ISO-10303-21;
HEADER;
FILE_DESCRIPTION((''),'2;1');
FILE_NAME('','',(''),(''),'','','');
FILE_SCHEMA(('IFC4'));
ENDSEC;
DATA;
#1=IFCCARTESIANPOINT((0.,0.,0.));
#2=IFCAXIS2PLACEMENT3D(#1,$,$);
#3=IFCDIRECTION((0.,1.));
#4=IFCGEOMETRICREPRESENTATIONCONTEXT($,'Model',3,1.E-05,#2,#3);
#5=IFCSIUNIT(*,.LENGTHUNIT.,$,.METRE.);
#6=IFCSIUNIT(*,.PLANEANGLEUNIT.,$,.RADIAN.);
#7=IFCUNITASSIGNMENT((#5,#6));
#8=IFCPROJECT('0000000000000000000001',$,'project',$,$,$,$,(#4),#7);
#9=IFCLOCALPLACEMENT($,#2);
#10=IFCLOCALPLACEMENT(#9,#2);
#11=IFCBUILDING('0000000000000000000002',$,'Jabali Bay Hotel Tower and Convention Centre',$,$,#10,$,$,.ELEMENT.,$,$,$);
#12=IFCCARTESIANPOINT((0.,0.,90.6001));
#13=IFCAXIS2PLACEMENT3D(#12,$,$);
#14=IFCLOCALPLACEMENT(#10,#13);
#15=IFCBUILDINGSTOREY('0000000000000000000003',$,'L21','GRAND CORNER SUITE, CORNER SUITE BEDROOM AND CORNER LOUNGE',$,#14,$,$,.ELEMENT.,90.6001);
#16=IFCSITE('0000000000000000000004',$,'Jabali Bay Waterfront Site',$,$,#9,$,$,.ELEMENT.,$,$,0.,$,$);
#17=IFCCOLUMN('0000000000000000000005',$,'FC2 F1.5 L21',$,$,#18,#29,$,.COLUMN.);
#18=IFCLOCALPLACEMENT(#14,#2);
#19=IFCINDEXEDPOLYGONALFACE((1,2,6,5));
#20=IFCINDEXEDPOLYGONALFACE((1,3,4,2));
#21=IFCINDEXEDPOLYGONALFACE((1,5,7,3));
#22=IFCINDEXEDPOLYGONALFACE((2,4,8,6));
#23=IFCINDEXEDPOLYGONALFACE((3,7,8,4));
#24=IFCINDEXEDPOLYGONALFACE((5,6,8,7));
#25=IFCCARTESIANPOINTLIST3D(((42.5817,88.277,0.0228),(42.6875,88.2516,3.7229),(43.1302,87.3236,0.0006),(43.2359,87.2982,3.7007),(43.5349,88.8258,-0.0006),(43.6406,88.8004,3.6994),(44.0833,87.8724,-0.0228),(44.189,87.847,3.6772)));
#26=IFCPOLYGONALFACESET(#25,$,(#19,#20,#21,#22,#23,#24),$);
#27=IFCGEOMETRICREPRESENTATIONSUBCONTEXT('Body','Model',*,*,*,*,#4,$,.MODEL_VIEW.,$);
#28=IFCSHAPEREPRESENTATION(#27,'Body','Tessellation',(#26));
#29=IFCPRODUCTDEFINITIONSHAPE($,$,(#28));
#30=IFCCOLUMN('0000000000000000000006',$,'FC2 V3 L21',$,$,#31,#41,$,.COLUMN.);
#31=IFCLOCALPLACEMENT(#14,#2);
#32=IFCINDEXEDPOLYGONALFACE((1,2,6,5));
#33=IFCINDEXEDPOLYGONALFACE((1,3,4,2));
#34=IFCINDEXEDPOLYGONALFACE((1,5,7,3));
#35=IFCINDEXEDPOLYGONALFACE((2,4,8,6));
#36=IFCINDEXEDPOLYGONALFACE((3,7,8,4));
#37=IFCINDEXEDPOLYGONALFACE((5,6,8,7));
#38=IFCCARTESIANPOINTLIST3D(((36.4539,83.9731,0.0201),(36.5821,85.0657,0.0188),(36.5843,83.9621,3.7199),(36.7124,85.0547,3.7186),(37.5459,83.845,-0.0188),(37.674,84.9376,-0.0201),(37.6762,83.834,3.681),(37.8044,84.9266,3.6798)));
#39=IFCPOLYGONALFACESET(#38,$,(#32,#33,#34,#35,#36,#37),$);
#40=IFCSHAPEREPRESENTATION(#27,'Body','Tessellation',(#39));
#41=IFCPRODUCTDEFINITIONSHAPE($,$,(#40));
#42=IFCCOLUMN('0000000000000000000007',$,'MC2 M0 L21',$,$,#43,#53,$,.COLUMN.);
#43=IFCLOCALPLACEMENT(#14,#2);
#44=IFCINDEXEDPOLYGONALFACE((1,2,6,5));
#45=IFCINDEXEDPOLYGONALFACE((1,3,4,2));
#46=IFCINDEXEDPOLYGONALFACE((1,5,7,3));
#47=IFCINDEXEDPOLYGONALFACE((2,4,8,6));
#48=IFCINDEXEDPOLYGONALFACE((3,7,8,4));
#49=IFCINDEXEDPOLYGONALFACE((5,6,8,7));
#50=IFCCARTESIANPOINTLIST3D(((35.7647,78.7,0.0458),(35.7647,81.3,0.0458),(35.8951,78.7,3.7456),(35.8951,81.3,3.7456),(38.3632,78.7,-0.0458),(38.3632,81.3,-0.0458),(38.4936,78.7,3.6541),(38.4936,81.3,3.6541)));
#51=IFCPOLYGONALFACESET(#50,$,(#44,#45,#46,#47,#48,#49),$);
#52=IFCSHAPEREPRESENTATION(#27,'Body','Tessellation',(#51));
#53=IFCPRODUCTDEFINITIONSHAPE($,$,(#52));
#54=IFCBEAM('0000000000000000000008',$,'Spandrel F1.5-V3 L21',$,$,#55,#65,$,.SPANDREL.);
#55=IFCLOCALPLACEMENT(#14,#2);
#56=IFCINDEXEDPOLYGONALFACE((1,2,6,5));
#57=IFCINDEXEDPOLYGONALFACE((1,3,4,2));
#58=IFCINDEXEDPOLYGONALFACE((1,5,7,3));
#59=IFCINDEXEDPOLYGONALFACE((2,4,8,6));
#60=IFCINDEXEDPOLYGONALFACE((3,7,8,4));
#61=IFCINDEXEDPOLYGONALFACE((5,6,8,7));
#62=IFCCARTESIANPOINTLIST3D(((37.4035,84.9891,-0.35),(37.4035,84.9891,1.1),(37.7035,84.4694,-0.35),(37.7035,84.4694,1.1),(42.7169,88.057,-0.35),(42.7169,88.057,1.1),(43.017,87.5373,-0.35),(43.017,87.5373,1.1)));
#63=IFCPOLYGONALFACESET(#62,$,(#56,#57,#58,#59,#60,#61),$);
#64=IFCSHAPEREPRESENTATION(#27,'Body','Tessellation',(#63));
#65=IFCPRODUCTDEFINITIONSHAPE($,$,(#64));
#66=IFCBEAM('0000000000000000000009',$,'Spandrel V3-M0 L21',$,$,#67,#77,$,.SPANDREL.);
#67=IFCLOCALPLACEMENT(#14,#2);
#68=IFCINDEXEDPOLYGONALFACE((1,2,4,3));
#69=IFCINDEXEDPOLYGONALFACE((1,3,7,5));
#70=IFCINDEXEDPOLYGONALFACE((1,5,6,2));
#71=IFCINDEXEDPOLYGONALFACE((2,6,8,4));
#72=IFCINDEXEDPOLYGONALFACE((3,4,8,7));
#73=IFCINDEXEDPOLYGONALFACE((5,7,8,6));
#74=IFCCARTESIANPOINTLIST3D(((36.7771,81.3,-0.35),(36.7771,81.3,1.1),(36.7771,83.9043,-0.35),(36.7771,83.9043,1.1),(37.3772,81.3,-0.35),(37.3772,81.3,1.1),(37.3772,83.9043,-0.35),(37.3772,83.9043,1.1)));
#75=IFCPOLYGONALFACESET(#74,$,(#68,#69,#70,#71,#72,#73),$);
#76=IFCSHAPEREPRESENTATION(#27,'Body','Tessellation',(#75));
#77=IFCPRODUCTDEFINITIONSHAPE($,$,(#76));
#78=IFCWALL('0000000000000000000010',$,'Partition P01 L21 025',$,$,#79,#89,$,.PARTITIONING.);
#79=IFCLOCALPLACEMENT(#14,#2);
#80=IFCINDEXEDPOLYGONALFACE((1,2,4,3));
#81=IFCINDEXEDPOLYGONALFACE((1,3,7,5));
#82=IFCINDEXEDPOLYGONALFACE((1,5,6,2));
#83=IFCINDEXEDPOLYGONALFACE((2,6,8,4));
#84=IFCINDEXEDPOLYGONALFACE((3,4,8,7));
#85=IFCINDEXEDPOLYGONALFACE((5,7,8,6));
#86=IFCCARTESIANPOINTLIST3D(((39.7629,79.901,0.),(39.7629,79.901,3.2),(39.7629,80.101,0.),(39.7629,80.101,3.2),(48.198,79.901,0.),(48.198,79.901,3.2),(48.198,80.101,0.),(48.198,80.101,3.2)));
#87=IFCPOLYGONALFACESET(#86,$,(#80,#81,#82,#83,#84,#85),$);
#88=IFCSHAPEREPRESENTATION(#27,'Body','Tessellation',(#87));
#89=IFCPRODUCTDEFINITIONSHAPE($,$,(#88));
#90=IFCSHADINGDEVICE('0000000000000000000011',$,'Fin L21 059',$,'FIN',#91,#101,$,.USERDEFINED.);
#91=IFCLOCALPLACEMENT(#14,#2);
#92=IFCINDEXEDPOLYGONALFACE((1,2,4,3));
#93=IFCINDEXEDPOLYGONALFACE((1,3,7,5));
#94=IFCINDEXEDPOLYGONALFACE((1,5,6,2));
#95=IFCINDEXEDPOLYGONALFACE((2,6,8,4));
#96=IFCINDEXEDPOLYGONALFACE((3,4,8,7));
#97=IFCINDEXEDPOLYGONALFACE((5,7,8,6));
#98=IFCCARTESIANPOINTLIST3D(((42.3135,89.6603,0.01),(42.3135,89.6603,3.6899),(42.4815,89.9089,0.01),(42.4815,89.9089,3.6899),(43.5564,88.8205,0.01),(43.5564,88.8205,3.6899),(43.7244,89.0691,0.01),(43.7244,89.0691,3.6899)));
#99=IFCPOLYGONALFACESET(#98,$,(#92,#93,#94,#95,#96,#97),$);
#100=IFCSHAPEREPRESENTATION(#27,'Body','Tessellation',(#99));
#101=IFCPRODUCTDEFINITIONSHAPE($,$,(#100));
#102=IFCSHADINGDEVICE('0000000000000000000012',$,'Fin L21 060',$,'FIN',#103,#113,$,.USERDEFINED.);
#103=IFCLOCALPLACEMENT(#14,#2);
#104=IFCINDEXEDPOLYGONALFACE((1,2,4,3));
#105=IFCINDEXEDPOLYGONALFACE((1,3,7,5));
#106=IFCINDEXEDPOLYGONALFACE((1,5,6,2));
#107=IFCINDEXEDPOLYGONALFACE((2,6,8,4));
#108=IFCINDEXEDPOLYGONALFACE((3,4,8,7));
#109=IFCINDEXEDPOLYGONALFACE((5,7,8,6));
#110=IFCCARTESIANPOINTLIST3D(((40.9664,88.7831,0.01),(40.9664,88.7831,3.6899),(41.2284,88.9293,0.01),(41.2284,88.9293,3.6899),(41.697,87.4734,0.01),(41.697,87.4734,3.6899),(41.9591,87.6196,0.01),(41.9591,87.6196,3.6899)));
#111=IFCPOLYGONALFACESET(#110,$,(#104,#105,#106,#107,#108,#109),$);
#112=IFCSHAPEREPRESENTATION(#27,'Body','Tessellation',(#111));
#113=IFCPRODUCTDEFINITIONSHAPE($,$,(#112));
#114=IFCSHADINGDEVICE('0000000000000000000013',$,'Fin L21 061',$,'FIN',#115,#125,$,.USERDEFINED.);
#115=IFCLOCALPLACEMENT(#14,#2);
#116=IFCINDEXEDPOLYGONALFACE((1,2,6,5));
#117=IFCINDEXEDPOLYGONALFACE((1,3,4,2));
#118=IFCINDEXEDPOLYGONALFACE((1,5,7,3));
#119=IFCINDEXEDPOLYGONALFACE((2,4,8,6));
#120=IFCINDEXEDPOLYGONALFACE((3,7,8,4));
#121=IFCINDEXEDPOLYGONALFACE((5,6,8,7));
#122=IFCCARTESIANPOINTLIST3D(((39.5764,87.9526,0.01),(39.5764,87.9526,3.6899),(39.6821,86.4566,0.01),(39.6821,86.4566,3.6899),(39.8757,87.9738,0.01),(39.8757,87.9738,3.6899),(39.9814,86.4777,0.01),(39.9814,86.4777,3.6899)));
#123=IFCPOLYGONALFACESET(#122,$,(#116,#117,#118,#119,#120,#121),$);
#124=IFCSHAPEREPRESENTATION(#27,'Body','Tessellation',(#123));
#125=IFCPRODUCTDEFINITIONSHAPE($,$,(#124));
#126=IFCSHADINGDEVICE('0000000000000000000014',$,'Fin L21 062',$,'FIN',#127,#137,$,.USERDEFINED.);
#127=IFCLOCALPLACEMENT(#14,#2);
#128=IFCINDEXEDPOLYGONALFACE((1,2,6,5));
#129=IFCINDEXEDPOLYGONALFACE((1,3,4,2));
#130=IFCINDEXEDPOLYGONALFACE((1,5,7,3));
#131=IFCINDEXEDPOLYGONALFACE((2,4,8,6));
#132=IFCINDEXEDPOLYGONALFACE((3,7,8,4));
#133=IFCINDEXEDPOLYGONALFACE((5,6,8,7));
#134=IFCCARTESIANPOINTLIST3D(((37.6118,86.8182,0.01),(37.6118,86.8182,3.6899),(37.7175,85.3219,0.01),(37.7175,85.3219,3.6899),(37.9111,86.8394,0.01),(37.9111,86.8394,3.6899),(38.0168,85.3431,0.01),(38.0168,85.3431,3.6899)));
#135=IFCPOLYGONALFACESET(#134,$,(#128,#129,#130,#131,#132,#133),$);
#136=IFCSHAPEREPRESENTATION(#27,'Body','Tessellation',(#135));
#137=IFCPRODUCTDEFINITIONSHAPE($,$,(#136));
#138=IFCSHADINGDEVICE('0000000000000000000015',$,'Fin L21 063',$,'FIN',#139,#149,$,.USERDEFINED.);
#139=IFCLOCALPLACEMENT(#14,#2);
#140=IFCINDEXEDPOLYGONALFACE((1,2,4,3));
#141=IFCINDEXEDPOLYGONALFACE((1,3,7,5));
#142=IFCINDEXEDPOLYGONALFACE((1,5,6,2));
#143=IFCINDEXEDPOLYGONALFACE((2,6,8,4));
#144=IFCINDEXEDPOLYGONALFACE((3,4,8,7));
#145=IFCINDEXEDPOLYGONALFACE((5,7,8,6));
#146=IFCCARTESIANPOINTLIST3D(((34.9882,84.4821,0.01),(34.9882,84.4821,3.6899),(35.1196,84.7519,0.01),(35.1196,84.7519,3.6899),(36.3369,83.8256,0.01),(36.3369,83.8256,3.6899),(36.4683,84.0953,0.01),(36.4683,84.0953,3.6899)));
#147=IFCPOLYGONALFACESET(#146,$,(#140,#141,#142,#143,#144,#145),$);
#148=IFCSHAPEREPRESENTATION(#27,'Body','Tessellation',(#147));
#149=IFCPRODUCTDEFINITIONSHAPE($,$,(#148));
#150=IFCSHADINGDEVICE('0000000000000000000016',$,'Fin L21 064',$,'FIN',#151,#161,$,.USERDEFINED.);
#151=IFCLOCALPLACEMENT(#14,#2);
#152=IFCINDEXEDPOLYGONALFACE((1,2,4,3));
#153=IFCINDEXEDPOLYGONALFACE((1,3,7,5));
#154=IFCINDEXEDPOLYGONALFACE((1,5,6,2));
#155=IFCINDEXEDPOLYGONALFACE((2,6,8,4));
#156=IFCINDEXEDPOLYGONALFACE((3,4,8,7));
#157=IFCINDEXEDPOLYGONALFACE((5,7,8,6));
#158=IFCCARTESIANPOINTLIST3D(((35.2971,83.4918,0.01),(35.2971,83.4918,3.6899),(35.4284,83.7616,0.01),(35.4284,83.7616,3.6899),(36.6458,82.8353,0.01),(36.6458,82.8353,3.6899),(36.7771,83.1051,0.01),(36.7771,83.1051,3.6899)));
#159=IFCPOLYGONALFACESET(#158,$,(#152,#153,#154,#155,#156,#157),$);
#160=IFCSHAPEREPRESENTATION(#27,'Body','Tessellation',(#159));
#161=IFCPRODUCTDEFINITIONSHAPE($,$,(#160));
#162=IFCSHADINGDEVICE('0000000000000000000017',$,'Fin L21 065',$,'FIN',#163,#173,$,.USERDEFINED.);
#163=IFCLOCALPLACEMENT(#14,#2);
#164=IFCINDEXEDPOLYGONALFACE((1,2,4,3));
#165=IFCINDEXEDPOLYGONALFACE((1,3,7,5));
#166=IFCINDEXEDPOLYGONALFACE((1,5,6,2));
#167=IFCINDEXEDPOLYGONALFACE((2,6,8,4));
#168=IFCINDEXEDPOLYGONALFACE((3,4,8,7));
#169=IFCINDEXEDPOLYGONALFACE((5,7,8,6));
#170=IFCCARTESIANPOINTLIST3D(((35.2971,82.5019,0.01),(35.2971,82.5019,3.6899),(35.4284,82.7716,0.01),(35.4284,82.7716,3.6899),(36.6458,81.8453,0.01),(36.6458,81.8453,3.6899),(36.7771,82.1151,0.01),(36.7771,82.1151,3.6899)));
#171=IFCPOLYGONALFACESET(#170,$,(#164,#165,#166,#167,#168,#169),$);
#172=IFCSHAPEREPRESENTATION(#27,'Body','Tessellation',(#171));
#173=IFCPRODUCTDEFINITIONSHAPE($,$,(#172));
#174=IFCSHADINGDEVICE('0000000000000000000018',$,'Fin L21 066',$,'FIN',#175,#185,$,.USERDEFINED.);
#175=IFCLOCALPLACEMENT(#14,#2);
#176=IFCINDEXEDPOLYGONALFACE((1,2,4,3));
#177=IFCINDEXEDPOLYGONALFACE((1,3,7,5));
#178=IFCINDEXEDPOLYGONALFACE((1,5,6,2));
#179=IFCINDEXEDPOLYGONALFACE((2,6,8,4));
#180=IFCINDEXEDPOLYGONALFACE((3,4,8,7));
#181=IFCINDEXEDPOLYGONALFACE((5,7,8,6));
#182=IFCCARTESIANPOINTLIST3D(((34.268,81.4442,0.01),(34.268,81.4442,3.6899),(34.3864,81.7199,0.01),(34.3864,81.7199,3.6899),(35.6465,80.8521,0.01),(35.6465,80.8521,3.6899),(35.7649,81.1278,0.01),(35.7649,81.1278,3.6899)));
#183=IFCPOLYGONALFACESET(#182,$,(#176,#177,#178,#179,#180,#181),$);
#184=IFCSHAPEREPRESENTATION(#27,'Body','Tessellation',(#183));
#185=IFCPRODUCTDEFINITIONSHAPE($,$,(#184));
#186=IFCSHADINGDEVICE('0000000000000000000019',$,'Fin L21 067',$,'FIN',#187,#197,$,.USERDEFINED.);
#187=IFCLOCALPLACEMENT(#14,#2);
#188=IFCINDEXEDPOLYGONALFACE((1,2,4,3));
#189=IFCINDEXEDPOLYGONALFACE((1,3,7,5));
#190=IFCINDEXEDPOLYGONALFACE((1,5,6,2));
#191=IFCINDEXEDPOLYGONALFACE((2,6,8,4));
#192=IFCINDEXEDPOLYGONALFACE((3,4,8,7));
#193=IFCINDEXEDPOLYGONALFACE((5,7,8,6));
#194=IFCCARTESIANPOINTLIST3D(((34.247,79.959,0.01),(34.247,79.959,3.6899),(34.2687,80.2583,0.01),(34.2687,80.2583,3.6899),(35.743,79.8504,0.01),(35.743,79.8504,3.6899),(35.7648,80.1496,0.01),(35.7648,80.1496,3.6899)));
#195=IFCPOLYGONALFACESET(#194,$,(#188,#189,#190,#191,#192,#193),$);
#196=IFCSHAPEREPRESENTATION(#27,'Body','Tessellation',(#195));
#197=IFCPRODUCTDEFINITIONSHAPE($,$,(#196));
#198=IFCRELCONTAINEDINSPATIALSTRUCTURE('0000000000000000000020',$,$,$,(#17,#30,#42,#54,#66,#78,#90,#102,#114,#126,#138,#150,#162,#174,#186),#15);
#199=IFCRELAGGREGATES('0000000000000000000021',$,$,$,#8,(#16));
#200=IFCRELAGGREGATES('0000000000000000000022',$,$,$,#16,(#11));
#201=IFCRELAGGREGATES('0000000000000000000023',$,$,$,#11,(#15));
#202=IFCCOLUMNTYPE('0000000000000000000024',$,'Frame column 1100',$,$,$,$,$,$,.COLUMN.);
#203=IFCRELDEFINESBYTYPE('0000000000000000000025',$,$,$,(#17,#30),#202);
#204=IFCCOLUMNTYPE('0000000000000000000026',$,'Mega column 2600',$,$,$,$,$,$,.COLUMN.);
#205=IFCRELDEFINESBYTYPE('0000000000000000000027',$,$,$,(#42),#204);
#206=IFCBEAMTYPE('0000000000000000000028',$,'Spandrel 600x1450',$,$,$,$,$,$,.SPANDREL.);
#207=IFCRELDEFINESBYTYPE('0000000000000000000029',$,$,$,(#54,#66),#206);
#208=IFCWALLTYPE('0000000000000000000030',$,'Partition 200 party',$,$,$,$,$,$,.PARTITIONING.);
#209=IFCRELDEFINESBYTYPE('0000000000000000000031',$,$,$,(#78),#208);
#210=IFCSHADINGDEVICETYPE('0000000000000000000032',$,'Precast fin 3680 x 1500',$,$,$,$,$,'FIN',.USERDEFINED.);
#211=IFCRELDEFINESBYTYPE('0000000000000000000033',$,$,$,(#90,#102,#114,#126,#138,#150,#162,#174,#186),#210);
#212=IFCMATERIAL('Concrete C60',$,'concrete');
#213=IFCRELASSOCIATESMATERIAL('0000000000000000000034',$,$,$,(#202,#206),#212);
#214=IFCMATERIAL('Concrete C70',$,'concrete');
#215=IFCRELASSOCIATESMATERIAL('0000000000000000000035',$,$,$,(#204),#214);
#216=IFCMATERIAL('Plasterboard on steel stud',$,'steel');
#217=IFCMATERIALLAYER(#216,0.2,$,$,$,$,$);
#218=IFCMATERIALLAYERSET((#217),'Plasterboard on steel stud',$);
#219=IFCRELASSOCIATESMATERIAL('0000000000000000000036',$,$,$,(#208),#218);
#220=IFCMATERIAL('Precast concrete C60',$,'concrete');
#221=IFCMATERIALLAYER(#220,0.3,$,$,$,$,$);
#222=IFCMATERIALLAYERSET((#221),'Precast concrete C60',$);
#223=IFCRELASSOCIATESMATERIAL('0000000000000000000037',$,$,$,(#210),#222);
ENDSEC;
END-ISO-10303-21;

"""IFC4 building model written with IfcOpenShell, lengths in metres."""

from ifc_helpers import new_model, si_unit, direction, frame, frame_2d, origin, origin_2d, place, context, subcontext, project, spatial, rectangle, extrude, material, layer, layer_set, material_profile, profile_set, type_object, element, save


model = new_model("IFC4")

# Units and contexts
model_context = context("Model", 3, precision=1e-05, world=origin(), true_north=direction((0.0, 1.0)))
body_context = subcontext(model_context, "Body", "Model", "MODEL_VIEW")
ifc_project = project(units=[si_unit("LENGTHUNIT", "METRE"), si_unit("PLANEANGLEUNIT", "RADIAN")], contexts=[model_context])

# Site, building, storey
site_placement = place(None, origin())
site = spatial("IfcSite", under=ifc_project, at=site_placement, Name="Jabali Bay Waterfront Site", CompositionType="ELEMENT", RefElevation=0.0)
building_placement = place(site_placement, origin())
building = spatial("IfcBuilding", under=site, at=building_placement, Name="Jabali Bay Hotel Tower and Convention Centre", CompositionType="ELEMENT")
storey_placement = place(building_placement, frame((0.0, 0.0, 90.6001)))
storey = spatial("IfcBuildingStorey", under=building, at=storey_placement, Name="L21", Description="GRAND CORNER SUITE, CORNER SUITE BEDROOM AND CORNER LOUNGE", CompositionType="ELEMENT", Elevation=90.6001)

# Columns
ifc_material_1 = material(Name="Concrete C60", Category="concrete")
ifc_material_profile_1 = material_profile(ifc_material_1, rectangle(XDim=1.1001, YDim=1.1001, at=origin_2d()), Name="Frame column 1100")
ifc_profile_set_1 = profile_set([ifc_material_profile_1], Name="Concrete C60")
column_type_1 = type_object("IfcColumnType", Name="Frame column 1100", PredefinedType="COLUMN", material=ifc_profile_set_1)
column_1_placement = place(storey_placement, frame((43.3325, 88.0747, 0.0), z_axis=(0.028559, -0.006859, 0.999569), x_axis=(-0.498515, 0.866646, 0.020191)))
element("IfcColumn", 1, at=column_1_placement, inside=storey, type_object=column_type_1, Name="FC2 F1.5 L21", PredefinedType="COLUMN", context=body_context, shape_type="SweptSolid", body=[
    extrude(rectangle(XDim=1.1001, YDim=1.1001, at=origin_2d()), origin(), (0.0, 0.0, 1.0), 3.7017),
])
column_2_placement = place(storey_placement, frame((37.064, 84.4553, 0.0), z_axis=(0.035214, -0.002967, 0.999375), x_axis=(-0.99257, 0.116436, 0.03532)))
element("IfcColumn", 2, at=column_2_placement, inside=storey, type_object=column_type_1, Name="FC2 V3 L21", PredefinedType="COLUMN", context=body_context, shape_type="SweptSolid", body=[
    extrude(rectangle(XDim=1.1001, YDim=1.1001, at=origin_2d()), origin(), (0.0, 0.0, 1.0), 3.7021),
])
ifc_material_2 = material(Name="Concrete C70", Category="concrete")
ifc_material_profile_2 = material_profile(ifc_material_2, rectangle(XDim=2.6001, YDim=2.6001, at=origin_2d()), Name="Mega column 2600")
ifc_profile_set_2 = profile_set([ifc_material_profile_2], Name="Concrete C70")
column_type_2 = type_object("IfcColumnType", Name="Mega column 2600", PredefinedType="COLUMN", material=ifc_profile_set_2)
column_3_placement = place(storey_placement, frame((37.064, 80.0, 0.0), z_axis=(0.035214, 0.0, 0.99938), x_axis=(0.0, 1.0, 0.0)))
element("IfcColumn", 3, at=column_3_placement, inside=storey, type_object=column_type_2, Name="MC2 M0 L21", PredefinedType="COLUMN", context=body_context, shape_type="SweptSolid", body=[
    extrude(rectangle(XDim=2.6001, YDim=2.6001, at=origin_2d()), origin(), (0.0, 0.0, 1.0), 3.7021),
])

# Beams
ifc_material_profile_3 = material_profile(ifc_material_1, rectangle(XDim=0.6001, YDim=1.45, at=origin_2d()), Name="Spandrel 600x1450")
ifc_profile_set_3 = profile_set([ifc_material_profile_3], Name="Concrete C60")
beam_type = type_object("IfcBeamType", Name="Spandrel 600x1450", PredefinedType="SPANDREL", material=ifc_profile_set_3)
beam_1_placement = place(storey_placement, frame((42.8669, 87.7971, 0.375), z_axis=(-0.866016, -0.500016, 0.0), x_axis=(0.500016, -0.866016, 0.0)))
element("IfcBeam", 4, at=beam_1_placement, inside=storey, type_object=beam_type, Name="Spandrel F1.5-V3 L21", PredefinedType="SPANDREL", context=body_context, shape_type="SweptSolid", body=[
    extrude(rectangle(XDim=0.6001, YDim=1.45, at=origin_2d()), origin(), (0.0, 0.0, 1.0), 6.1355),
])
beam_2_placement = place(storey_placement, frame((37.0771, 83.9043, 0.375), z_axis=(0.0, -1.0, 0.0), x_axis=(1.0, 0.0, 0.0)))
element("IfcBeam", 5, at=beam_2_placement, inside=storey, type_object=beam_type, Name="Spandrel V3-M0 L21", PredefinedType="SPANDREL", context=body_context, shape_type="SweptSolid", body=[
    extrude(rectangle(XDim=0.6001, YDim=1.45, at=origin_2d()), origin(), (0.0, 0.0, 1.0), 2.6042),
])

# Wall
ifc_material_3 = material(Name="Plasterboard on steel stud", Category="steel")
ifc_layer_1 = layer(ifc_material_3, 0.2)
ifc_layer_set_1 = layer_set([ifc_layer_1], Name="Plasterboard on steel stud")
wall_type_1 = type_object("IfcWallType", Name="Partition 200 party", PredefinedType="PARTITIONING", material=ifc_layer_set_1)
wall_1_placement = place(storey_placement, frame((39.7629, 80.001, 0.0), z_axis=(0.0, 0.0, 1.0), x_axis=(1.0, 0.0, 0.0)))
element("IfcWall", 6, at=wall_1_placement, inside=storey, type_object=wall_type_1, Name="Partition P01 L21 025", PredefinedType="PARTITIONING", context=body_context, shape_type="SweptSolid", body=[
    extrude(rectangle(XDim=8.4351, YDim=0.2, at=frame_2d((4.2175, 0.0))), origin(), (0.0, 0.0, 1.0), 3.2),
])

# Shading devices
ifc_material_4 = material(Name="Precast concrete C60", Category="concrete")
ifc_layer_2 = layer(ifc_material_4, 0.3)
ifc_layer_set_2 = layer_set([ifc_layer_2], Name="Precast concrete C60")
shading_device_type = type_object("IfcShadingDeviceType", Name="Precast fin 3680 x 1500", ElementType="FIN", PredefinedType="USERDEFINED", material=ifc_layer_set_2)
shading_device_1_placement = place(storey_placement, frame((43.6404, 88.9448, 0.01), z_axis=(0.0, 0.0, 1.0), x_axis=(-0.828579, 0.559873, 0.0)))
element("IfcShadingDevice", 7, at=shading_device_1_placement, inside=storey, type_object=shading_device_type, Name="Fin L21 059", ObjectType="FIN", PredefinedType="USERDEFINED", context=body_context, shape_type="SweptSolid", body=[
    extrude(rectangle(XDim=1.5, YDim=0.3, at=frame_2d((0.75, 0.0))), origin(), (0.0, 0.0, 1.0), 3.6799),
])
for number, where, z_axis, x_axis, name in (
    (8, (41.8281, 87.5464, 0.01), (0.0, 0.0, 1.0), (-0.48719, 0.873296, 0.0), "Fin L21 060"),
    (9, (39.8318, 86.467, 0.01), (0.0, 0.0, 1.0), (-0.070484, 0.997513, 0.0), "Fin L21 061"),
):
    element("IfcShadingDevice", number, at=place(storey_placement, frame(where, z_axis=z_axis, x_axis=x_axis)), inside=storey, type_object=shading_device_type, Name=name, ObjectType="FIN", PredefinedType="USERDEFINED", context=body_context, shape_type="SweptSolid", body=[
        extrude(rectangle(XDim=1.4998, YDim=0.3, at=frame_2d((0.75, 0.0))), origin(), (0.0, 0.0, 1.0), 3.6799),
    ])
for number, where, z_axis, x_axis, name in (
    (10, (37.8672, 85.3325, 0.01), (0.0, 0.0, 1.0), (-0.070472, 0.997514, 0.0), "Fin L21 062"),
    (11, (36.4026, 83.9604, 0.01), (0.0, 0.0, 1.0), (-0.899129, 0.437683, 0.0), "Fin L21 063"),
    (12, (36.7114, 82.9702, 0.01), (0.0, 0.0, 1.0), (-0.899129, 0.437683, 0.0), "Fin L21 064"),
    (13, (36.7114, 81.9802, 0.01), (0.0, 0.0, 1.0), (-0.899129, 0.437683, 0.0), "Fin L21 065"),
):
    element("IfcShadingDevice", number, at=place(storey_placement, frame(where, z_axis=z_axis, x_axis=x_axis)), inside=storey, type_object=shading_device_type, Name=name, ObjectType="FIN", PredefinedType="USERDEFINED", context=body_context, shape_type="SweptSolid", body=[
        extrude(rectangle(XDim=1.5, YDim=0.3, at=frame_2d((0.75, 0.0))), origin(), (0.0, 0.0, 1.0), 3.6799),
    ])
shading_device_2_placement = place(storey_placement, frame((35.7056, 80.99, 0.01), z_axis=(0.0, 0.0, 1.0), x_axis=(-0.918833, 0.394646, 0.0)))
element("IfcShadingDevice", 14, at=shading_device_2_placement, inside=storey, type_object=shading_device_type, Name="Fin L21 066", ObjectType="FIN", PredefinedType="USERDEFINED", context=body_context, shape_type="SweptSolid", body=[
    extrude(rectangle(XDim=1.5002, YDim=0.3, at=frame_2d((0.75, 0.0))), origin(), (0.0, 0.0, 1.0), 3.6799),
])
for number, where, z_axis, x_axis, name in (
    (15, (35.7539, 80.0, 0.01), (0.0, 0.0, 1.0), (-0.997374, 0.072427, 0.0), "Fin L21 067"),
):
    element("IfcShadingDevice", number, at=place(storey_placement, frame(where, z_axis=z_axis, x_axis=x_axis)), inside=storey, type_object=shading_device_type, Name=name, ObjectType="FIN", PredefinedType="USERDEFINED", context=body_context, shape_type="SweptSolid", body=[
        extrude(rectangle(XDim=1.5, YDim=0.3, at=frame_2d((0.75, 0.0))), origin(), (0.0, 0.0, 1.0), 3.6799),
    ])

save(model, "model.ifc")
